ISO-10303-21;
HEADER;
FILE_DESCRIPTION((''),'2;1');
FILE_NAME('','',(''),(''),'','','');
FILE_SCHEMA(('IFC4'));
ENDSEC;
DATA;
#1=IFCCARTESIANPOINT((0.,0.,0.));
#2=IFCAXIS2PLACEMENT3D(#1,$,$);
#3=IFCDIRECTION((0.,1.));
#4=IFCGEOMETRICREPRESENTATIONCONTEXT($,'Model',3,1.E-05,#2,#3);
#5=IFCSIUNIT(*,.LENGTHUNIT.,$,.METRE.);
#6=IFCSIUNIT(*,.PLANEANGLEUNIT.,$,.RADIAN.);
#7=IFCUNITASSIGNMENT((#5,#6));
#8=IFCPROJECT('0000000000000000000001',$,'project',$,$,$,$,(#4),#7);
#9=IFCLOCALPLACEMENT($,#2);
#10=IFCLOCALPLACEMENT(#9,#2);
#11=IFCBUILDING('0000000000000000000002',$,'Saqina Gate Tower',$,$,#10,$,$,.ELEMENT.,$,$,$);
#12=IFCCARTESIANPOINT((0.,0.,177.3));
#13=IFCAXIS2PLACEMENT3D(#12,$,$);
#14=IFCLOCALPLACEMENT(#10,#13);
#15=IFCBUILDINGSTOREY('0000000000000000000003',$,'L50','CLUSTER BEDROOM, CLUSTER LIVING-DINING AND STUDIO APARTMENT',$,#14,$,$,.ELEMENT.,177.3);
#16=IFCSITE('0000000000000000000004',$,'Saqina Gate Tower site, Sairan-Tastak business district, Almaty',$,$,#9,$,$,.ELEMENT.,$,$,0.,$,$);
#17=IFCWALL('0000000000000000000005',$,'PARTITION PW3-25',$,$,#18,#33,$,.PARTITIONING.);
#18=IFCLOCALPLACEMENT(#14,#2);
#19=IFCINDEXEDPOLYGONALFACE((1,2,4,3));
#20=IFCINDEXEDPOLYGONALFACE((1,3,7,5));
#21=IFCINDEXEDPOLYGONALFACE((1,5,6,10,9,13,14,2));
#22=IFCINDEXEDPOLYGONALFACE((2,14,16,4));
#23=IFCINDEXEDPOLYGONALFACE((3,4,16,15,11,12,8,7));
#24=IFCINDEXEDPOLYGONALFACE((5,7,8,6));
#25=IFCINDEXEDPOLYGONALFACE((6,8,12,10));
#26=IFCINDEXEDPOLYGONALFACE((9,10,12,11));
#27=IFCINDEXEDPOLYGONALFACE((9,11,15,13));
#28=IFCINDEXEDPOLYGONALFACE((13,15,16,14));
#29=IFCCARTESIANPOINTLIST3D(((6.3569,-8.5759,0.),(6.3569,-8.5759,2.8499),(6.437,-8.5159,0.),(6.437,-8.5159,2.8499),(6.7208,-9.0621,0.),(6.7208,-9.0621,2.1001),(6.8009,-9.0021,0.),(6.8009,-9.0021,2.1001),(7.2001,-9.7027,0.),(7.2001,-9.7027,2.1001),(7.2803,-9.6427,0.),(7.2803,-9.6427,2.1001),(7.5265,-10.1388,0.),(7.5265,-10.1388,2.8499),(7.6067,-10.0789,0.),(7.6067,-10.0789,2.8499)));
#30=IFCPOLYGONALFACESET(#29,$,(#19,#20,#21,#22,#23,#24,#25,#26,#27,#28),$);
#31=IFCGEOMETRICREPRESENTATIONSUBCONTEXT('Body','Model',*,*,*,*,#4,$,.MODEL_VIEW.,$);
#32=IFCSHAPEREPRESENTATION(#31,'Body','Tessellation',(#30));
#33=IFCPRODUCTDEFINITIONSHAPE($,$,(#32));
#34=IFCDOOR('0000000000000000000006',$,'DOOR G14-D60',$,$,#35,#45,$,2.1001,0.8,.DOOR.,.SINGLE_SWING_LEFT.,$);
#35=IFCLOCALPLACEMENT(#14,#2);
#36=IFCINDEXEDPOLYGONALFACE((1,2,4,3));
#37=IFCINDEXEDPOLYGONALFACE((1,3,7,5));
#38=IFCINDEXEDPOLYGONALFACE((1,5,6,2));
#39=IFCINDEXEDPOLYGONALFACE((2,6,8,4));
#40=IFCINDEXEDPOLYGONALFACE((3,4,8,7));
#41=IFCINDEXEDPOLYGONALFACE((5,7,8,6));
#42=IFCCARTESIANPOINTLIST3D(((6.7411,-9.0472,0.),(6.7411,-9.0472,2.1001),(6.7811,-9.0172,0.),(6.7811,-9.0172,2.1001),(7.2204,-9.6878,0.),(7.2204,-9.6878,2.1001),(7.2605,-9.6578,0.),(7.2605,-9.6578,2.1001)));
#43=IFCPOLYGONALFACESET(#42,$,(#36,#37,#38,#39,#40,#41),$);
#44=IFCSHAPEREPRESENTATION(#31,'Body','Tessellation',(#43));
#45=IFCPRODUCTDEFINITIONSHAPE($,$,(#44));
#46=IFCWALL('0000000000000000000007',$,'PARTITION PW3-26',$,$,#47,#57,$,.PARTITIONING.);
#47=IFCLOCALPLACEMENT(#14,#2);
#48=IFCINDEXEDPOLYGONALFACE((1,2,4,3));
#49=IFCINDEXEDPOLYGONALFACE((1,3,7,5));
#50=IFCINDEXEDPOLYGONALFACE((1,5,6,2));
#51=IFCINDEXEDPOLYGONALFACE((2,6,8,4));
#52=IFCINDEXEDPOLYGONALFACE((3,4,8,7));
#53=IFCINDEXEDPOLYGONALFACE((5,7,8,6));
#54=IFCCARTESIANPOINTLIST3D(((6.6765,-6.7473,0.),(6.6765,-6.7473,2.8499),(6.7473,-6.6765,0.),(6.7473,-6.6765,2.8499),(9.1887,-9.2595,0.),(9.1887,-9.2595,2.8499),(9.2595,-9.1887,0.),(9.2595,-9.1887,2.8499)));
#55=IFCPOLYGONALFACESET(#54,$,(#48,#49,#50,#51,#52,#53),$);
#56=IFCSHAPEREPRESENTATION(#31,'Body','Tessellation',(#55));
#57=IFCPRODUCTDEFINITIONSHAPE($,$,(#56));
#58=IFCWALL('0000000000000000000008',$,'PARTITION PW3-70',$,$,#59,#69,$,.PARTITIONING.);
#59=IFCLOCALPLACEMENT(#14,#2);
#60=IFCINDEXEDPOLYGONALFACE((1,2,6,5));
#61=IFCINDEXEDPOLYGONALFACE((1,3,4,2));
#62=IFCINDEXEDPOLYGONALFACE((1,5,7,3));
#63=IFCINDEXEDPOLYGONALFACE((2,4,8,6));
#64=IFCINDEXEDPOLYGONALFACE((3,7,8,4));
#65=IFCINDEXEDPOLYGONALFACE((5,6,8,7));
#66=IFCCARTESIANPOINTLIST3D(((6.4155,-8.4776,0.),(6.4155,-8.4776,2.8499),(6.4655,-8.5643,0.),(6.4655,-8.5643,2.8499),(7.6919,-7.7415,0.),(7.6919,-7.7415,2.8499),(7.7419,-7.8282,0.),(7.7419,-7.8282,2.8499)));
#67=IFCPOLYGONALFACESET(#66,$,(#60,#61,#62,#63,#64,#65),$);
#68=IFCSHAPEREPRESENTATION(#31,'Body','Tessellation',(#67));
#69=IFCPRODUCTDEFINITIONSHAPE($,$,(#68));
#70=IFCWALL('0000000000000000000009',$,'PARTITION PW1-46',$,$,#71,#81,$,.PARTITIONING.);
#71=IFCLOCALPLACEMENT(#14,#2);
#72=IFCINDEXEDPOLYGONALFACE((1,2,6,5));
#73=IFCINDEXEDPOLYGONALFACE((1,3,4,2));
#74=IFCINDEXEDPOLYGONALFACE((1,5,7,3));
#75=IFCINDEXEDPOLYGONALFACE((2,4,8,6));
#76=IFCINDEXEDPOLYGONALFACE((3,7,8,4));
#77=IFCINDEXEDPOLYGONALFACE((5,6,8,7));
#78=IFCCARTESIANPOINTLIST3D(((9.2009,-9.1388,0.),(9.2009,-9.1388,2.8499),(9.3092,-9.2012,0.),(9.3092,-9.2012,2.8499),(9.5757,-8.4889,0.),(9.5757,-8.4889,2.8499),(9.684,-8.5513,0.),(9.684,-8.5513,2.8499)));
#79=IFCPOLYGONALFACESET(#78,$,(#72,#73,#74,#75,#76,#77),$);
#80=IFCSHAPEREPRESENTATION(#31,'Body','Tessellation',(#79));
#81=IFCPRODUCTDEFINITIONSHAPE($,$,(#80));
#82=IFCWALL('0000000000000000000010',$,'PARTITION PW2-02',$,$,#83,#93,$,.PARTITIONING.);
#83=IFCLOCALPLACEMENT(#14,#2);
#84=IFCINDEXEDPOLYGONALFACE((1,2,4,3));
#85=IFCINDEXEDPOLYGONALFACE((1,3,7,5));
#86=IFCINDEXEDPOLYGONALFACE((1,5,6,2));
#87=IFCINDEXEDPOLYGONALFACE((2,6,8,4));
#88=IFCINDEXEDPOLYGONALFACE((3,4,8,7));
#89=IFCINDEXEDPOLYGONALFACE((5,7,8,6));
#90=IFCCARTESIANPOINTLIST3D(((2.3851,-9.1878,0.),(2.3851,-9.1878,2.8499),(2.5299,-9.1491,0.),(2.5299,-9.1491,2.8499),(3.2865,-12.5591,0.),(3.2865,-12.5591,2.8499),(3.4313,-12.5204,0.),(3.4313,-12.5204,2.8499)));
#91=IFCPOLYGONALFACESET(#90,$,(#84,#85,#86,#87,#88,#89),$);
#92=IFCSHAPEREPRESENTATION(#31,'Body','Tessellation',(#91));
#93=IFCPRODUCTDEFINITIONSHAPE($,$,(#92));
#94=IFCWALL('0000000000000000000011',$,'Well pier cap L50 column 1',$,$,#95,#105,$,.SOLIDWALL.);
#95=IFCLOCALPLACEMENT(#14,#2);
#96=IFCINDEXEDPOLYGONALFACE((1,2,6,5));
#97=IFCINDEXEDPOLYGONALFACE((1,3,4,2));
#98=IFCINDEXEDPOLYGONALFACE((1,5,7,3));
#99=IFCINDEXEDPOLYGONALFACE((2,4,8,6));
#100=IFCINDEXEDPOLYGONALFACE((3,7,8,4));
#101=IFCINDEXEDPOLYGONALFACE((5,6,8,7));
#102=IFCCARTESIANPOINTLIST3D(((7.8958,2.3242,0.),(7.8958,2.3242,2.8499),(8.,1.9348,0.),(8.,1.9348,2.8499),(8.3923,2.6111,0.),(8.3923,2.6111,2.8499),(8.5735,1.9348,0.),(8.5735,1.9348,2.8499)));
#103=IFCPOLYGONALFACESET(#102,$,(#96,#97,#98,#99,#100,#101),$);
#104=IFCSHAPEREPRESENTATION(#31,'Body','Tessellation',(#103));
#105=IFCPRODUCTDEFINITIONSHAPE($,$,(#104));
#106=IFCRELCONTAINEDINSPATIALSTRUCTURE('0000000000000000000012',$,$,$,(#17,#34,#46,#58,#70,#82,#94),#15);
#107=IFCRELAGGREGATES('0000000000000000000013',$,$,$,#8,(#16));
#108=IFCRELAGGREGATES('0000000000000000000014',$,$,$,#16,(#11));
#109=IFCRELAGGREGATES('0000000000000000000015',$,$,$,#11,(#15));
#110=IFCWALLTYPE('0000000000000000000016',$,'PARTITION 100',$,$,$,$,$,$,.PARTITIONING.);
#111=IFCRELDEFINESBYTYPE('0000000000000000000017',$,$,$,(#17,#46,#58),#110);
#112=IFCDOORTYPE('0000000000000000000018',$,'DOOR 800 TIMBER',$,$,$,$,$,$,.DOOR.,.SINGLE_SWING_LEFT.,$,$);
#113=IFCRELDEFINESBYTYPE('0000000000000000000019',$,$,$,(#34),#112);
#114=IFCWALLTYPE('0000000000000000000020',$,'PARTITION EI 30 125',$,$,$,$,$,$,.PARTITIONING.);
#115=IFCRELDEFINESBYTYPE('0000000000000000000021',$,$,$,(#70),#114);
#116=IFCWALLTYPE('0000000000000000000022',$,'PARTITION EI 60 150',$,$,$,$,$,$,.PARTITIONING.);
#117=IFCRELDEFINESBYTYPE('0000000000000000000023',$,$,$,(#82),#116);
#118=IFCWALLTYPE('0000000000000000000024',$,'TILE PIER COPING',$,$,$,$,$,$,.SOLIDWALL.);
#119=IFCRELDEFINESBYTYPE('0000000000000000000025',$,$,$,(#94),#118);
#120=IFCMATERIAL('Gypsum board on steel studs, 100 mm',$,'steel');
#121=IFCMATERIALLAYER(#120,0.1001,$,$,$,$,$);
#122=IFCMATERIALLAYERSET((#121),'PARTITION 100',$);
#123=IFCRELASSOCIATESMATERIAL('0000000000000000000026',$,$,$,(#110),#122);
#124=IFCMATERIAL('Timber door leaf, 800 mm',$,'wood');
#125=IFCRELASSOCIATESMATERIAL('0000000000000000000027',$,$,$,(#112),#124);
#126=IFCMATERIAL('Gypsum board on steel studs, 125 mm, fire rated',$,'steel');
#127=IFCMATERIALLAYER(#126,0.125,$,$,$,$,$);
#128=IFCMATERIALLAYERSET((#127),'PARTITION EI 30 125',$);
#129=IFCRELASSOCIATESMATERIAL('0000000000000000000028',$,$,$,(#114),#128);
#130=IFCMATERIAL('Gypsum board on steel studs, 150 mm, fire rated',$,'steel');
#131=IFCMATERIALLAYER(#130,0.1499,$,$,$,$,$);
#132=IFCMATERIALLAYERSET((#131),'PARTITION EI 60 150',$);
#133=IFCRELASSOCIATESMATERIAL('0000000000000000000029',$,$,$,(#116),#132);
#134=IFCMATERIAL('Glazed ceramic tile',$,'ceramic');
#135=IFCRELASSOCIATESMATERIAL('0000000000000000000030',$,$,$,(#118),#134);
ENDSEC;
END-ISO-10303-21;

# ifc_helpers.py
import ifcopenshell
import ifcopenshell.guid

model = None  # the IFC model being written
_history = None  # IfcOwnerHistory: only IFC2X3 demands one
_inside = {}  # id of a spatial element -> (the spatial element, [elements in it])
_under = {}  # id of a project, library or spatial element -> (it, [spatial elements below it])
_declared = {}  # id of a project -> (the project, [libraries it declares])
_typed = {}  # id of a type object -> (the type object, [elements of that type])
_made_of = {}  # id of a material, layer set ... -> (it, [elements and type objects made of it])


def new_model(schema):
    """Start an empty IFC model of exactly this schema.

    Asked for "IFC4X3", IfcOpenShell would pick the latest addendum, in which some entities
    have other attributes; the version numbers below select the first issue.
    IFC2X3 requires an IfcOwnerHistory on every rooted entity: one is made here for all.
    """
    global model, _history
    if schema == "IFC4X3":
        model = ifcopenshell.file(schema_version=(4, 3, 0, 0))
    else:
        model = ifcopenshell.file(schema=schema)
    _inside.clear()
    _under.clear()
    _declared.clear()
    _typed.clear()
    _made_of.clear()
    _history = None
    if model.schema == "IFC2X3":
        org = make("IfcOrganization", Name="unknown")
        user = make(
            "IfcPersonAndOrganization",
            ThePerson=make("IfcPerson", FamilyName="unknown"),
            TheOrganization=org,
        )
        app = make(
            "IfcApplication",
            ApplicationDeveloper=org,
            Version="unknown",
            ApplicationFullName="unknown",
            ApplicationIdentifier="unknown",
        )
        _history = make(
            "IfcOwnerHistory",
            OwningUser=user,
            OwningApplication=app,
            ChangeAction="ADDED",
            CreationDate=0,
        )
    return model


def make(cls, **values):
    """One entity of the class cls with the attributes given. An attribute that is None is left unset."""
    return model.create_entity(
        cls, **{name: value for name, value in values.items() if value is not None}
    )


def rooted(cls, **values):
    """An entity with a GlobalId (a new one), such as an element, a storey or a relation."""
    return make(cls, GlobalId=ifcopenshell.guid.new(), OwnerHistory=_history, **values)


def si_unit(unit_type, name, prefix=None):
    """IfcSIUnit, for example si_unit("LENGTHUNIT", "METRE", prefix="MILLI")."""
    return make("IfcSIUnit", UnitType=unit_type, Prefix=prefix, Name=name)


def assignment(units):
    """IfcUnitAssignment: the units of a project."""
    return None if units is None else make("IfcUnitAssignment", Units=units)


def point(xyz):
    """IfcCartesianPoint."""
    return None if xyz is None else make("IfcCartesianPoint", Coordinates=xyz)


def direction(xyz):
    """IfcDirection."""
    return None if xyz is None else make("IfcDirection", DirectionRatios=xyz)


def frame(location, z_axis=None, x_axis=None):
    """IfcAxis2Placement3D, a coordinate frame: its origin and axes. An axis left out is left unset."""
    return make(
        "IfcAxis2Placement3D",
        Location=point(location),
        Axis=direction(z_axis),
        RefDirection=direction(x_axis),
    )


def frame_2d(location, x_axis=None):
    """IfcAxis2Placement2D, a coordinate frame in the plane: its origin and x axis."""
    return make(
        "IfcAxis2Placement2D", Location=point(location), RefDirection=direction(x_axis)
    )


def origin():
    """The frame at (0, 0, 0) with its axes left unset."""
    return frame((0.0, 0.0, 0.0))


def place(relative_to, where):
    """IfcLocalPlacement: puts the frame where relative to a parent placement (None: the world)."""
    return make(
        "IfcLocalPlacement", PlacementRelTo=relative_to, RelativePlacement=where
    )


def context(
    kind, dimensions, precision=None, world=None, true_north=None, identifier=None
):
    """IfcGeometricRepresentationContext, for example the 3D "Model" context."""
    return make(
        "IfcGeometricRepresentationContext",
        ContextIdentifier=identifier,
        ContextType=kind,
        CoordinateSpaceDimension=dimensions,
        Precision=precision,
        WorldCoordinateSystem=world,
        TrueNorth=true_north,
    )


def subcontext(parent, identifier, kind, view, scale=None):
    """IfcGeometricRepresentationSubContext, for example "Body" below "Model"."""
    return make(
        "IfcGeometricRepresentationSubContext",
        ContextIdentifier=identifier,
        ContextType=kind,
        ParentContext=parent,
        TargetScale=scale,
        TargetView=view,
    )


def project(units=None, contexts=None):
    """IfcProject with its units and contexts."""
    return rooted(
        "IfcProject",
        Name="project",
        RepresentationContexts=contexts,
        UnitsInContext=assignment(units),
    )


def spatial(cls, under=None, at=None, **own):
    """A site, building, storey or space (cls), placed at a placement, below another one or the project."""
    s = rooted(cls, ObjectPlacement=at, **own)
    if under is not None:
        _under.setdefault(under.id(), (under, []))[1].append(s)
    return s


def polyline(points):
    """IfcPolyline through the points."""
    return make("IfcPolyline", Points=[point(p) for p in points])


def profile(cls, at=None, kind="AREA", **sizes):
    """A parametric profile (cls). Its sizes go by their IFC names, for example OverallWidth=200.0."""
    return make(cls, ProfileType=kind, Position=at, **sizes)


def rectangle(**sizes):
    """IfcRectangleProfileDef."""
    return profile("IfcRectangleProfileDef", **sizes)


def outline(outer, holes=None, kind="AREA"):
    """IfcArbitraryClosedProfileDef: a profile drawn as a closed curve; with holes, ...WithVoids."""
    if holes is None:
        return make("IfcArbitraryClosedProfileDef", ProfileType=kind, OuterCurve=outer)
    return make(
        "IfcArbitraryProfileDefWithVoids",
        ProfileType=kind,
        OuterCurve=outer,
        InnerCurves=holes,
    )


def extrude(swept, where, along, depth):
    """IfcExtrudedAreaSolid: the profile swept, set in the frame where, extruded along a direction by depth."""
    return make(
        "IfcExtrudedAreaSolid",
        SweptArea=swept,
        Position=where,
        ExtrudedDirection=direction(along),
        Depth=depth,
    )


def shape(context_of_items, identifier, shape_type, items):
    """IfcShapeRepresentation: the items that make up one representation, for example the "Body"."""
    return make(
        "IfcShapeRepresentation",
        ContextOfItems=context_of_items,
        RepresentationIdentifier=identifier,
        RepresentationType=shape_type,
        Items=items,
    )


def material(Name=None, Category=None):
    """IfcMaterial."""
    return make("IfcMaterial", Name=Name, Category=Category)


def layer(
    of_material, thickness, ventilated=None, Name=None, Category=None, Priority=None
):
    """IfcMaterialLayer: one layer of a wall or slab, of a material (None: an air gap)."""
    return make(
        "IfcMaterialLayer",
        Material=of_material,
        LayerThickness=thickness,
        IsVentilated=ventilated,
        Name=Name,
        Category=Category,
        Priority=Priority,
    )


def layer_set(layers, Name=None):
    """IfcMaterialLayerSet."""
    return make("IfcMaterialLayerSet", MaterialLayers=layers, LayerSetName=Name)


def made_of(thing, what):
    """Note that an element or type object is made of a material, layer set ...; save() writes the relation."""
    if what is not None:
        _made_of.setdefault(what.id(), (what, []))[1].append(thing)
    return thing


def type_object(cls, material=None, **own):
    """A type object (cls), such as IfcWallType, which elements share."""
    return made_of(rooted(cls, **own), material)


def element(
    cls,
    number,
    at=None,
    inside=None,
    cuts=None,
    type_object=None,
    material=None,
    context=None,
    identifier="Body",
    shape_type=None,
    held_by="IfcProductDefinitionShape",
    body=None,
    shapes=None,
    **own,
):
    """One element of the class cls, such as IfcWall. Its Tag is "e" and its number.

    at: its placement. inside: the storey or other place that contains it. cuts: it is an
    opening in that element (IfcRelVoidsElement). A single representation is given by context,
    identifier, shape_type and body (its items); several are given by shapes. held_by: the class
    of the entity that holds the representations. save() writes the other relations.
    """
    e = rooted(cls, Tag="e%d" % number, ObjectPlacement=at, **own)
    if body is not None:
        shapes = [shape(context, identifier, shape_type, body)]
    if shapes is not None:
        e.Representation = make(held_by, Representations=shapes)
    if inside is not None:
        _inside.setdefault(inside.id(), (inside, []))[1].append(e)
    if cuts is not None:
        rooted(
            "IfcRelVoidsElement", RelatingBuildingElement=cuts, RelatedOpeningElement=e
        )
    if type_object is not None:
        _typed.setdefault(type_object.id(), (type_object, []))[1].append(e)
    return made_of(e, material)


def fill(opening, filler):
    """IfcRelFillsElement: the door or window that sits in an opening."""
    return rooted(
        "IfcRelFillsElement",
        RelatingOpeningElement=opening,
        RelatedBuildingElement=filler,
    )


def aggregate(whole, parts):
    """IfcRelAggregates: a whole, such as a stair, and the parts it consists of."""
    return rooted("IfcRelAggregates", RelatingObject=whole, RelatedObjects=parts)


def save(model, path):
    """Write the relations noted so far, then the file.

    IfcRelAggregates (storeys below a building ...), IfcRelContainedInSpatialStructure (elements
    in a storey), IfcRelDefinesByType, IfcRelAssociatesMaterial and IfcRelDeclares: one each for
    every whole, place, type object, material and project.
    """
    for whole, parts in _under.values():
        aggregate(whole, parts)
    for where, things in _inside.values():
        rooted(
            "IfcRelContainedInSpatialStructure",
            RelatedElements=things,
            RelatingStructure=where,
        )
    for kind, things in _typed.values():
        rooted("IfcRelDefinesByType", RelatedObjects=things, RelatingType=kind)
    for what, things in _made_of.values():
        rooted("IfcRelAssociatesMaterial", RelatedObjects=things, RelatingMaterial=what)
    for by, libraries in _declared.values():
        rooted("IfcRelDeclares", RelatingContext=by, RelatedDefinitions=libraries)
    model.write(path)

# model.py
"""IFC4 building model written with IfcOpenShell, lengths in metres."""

from ifc_helpers import new_model, si_unit, direction, frame, frame_2d, origin, place, context, subcontext, project, spatial, polyline, rectangle, outline, extrude, material, layer, layer_set, type_object, element, fill, save


model = new_model("IFC4")

# Units and contexts
model_context = context("Model", 3, precision=1e-05, world=origin(), true_north=direction((0.0, 1.0)))
body_context = subcontext(model_context, "Body", "Model", "MODEL_VIEW")
ifc_project = project(units=[si_unit("LENGTHUNIT", "METRE"), si_unit("PLANEANGLEUNIT", "RADIAN")], contexts=[model_context])

# Site, building, storey
site_placement = place(None, origin())
site = spatial("IfcSite", under=ifc_project, at=site_placement, Name="Saqina Gate Tower site, Sairan-Tastak business district, Almaty", CompositionType="ELEMENT", RefElevation=0.0)
building_placement = place(site_placement, origin())
building = spatial("IfcBuilding", under=site, at=building_placement, Name="Saqina Gate Tower", CompositionType="ELEMENT")
storey_placement = place(building_placement, frame((0.0, 0.0, 177.3)))
storey = spatial("IfcBuildingStorey", under=building, at=storey_placement, Name="L50", Description="CLUSTER BEDROOM, CLUSTER LIVING-DINING AND STUDIO APARTMENT", CompositionType="ELEMENT", Elevation=177.3)

# Wall, opening, door
ifc_material_1 = material(Name="Gypsum board on steel studs, 100 mm", Category="steel")
ifc_layer_1 = layer(ifc_material_1, 0.1001)
ifc_layer_set_1 = layer_set([ifc_layer_1], Name="PARTITION 100")
wall_type_1 = type_object("IfcWallType", Name="PARTITION 100", PredefinedType="PARTITIONING", material=ifc_layer_set_1)
wall_1_placement = place(storey_placement, frame((6.397, -8.5459, 0.0), z_axis=(0.0, 0.0, 1.0), x_axis=(0.599159, -0.80063, 0.0)))
wall_1 = element("IfcWall", 1, at=wall_1_placement, inside=storey, type_object=wall_type_1, Name="PARTITION PW3-25", PredefinedType="PARTITIONING", context=body_context, shape_type="SweptSolid", body=[
    extrude(rectangle(XDim=1.9521, YDim=0.1001, at=frame_2d((0.9761, 0.0))), origin(), (0.0, 0.0, 1.0), 2.8499),
])
opening_1_placement = place(wall_1_placement, frame((0.6074, 0.0, 0.0)))
opening_1 = element("IfcOpeningElement", 2, at=opening_1_placement, cuts=wall_1, PredefinedType="OPENING", context=body_context, shape_type="SweptSolid", body=[
    extrude(rectangle(XDim=0.8, YDim=2.1001, at=frame_2d((0.3999, 1.05))), frame((0.0, 0.062, 0.0), z_axis=(0.0, -1.0, 0.0), x_axis=(1.0, 0.0, 0.0)), (0.0, 0.0, 1.0), 0.124),
])
ifc_material_2 = material(Name="Timber door leaf, 800 mm", Category="wood")
door_type = type_object("IfcDoorType", Name="DOOR 800 TIMBER", OperationType="SINGLE_SWING_LEFT", PredefinedType="DOOR", material=ifc_material_2)
door_placement = place(opening_1_placement, frame((0.8, 0.0, 0.0), z_axis=(0.0, 0.0, 1.0), x_axis=(-1.0, 0.0, 0.0)))
door = element("IfcDoor", 3, at=door_placement, inside=storey, type_object=door_type, Name="DOOR G14-D60", OperationType="SINGLE_SWING_LEFT", OverallHeight=2.1001, OverallWidth=0.8, PredefinedType="DOOR", context=body_context, shape_type="SweptSolid", body=[
    extrude(rectangle(XDim=0.8, YDim=2.1001, at=frame_2d((0.3999, 1.05))), frame((0.0, 0.0249, 0.0), z_axis=(0.0, -1.0, 0.0), x_axis=(1.0, 0.0, 0.0)), (0.0, 0.0, 1.0), 0.05),
])
fill(opening_1, door)

# Walls
wall_2_placement = place(storey_placement, frame((6.7119, -6.7119, 0.0), z_axis=(0.0, 0.0, 1.0), x_axis=(0.707107, -0.707107, 0.0)))
element("IfcWall", 4, at=wall_2_placement, inside=storey, type_object=wall_type_1, Name="PARTITION PW3-26", PredefinedType="PARTITIONING", context=body_context, shape_type="SweptSolid", body=[
    extrude(rectangle(XDim=3.5527, YDim=0.1001, at=frame_2d((1.7764, 0.0))), origin(), (0.0, 0.0, 1.0), 2.8499),
])
wall_3_placement = place(storey_placement, frame((6.4404, -8.521, 0.0), z_axis=(0.0, 0.0, 1.0), x_axis=(0.866268, 0.499579, 0.0)))
element("IfcWall", 5, at=wall_3_placement, inside=storey, type_object=wall_type_1, Name="PARTITION PW3-70", PredefinedType="PARTITIONING", context=body_context, shape_type="SweptSolid", body=[
    extrude(rectangle(XDim=1.4734, YDim=0.1001, at=frame_2d((0.7368, 0.0))), origin(), (0.0, 0.0, 1.0), 2.8499),
])
ifc_material_3 = material(Name="Gypsum board on steel studs, 125 mm, fire rated", Category="steel")
ifc_layer_2 = layer(ifc_material_3, 0.125)
ifc_layer_set_2 = layer_set([ifc_layer_2], Name="PARTITION EI 30 125")
wall_type_2 = type_object("IfcWallType", Name="PARTITION EI 30 125", PredefinedType="PARTITIONING", material=ifc_layer_set_2)
wall_4_placement = place(storey_placement, frame((9.2551, -9.1699, 0.0), z_axis=(0.0, 0.0, 1.0), x_axis=(0.499535, 0.866294, 0.0)))
element("IfcWall", 6, at=wall_4_placement, inside=storey, type_object=wall_type_2, Name="PARTITION PW1-46", PredefinedType="PARTITIONING", context=body_context, shape_type="SweptSolid", body=[
    extrude(rectangle(XDim=0.7502, YDim=0.125, at=frame_2d((0.375, 0.0))), origin(), (0.0, 0.0, 1.0), 2.8499),
])
ifc_material_4 = material(Name="Gypsum board on steel studs, 150 mm, fire rated", Category="steel")
ifc_layer_3 = layer(ifc_material_4, 0.1499)
ifc_layer_set_3 = layer_set([ifc_layer_3], Name="PARTITION EI 60 150")
wall_type_3 = type_object("IfcWallType", Name="PARTITION EI 60 150", PredefinedType="PARTITIONING", material=ifc_layer_set_3)
wall_5_placement = place(storey_placement, frame((2.4575, -9.1685, 0.0), z_axis=(0.0, 0.0, 1.0), x_axis=(0.25829, -0.966068, 0.0)))
element("IfcWall", 7, at=wall_5_placement, inside=storey, type_object=wall_type_3, Name="PARTITION PW2-02", PredefinedType="PARTITIONING", context=body_context, shape_type="SweptSolid", body=[
    extrude(rectangle(XDim=3.4897, YDim=0.1499, at=frame_2d((1.7449, 0.0))), origin(), (0.0, 0.0, 1.0), 2.8499),
])
ifc_material_5 = material(Name="Glazed ceramic tile", Category="ceramic")
wall_type_4 = type_object("IfcWallType", Name="TILE PIER COPING", PredefinedType="SOLIDWALL", material=ifc_material_5)
wall_6_placement = place(storey_placement, origin())
element("IfcWall", 8, at=wall_6_placement, inside=storey, type_object=wall_type_4, Name="Well pier cap L50 column 1", PredefinedType="SOLIDWALL", context=body_context, shape_type="SweptSolid", body=[
    extrude(outline(polyline([(8.3923, 2.6111), (7.8958, 2.3242), (8.0, 1.9348), (8.5735, 1.9348), (8.3923, 2.6111)])), origin(), (0.0, 0.0, 1.0), 2.8499),
])

save(model, "model.ifc")
